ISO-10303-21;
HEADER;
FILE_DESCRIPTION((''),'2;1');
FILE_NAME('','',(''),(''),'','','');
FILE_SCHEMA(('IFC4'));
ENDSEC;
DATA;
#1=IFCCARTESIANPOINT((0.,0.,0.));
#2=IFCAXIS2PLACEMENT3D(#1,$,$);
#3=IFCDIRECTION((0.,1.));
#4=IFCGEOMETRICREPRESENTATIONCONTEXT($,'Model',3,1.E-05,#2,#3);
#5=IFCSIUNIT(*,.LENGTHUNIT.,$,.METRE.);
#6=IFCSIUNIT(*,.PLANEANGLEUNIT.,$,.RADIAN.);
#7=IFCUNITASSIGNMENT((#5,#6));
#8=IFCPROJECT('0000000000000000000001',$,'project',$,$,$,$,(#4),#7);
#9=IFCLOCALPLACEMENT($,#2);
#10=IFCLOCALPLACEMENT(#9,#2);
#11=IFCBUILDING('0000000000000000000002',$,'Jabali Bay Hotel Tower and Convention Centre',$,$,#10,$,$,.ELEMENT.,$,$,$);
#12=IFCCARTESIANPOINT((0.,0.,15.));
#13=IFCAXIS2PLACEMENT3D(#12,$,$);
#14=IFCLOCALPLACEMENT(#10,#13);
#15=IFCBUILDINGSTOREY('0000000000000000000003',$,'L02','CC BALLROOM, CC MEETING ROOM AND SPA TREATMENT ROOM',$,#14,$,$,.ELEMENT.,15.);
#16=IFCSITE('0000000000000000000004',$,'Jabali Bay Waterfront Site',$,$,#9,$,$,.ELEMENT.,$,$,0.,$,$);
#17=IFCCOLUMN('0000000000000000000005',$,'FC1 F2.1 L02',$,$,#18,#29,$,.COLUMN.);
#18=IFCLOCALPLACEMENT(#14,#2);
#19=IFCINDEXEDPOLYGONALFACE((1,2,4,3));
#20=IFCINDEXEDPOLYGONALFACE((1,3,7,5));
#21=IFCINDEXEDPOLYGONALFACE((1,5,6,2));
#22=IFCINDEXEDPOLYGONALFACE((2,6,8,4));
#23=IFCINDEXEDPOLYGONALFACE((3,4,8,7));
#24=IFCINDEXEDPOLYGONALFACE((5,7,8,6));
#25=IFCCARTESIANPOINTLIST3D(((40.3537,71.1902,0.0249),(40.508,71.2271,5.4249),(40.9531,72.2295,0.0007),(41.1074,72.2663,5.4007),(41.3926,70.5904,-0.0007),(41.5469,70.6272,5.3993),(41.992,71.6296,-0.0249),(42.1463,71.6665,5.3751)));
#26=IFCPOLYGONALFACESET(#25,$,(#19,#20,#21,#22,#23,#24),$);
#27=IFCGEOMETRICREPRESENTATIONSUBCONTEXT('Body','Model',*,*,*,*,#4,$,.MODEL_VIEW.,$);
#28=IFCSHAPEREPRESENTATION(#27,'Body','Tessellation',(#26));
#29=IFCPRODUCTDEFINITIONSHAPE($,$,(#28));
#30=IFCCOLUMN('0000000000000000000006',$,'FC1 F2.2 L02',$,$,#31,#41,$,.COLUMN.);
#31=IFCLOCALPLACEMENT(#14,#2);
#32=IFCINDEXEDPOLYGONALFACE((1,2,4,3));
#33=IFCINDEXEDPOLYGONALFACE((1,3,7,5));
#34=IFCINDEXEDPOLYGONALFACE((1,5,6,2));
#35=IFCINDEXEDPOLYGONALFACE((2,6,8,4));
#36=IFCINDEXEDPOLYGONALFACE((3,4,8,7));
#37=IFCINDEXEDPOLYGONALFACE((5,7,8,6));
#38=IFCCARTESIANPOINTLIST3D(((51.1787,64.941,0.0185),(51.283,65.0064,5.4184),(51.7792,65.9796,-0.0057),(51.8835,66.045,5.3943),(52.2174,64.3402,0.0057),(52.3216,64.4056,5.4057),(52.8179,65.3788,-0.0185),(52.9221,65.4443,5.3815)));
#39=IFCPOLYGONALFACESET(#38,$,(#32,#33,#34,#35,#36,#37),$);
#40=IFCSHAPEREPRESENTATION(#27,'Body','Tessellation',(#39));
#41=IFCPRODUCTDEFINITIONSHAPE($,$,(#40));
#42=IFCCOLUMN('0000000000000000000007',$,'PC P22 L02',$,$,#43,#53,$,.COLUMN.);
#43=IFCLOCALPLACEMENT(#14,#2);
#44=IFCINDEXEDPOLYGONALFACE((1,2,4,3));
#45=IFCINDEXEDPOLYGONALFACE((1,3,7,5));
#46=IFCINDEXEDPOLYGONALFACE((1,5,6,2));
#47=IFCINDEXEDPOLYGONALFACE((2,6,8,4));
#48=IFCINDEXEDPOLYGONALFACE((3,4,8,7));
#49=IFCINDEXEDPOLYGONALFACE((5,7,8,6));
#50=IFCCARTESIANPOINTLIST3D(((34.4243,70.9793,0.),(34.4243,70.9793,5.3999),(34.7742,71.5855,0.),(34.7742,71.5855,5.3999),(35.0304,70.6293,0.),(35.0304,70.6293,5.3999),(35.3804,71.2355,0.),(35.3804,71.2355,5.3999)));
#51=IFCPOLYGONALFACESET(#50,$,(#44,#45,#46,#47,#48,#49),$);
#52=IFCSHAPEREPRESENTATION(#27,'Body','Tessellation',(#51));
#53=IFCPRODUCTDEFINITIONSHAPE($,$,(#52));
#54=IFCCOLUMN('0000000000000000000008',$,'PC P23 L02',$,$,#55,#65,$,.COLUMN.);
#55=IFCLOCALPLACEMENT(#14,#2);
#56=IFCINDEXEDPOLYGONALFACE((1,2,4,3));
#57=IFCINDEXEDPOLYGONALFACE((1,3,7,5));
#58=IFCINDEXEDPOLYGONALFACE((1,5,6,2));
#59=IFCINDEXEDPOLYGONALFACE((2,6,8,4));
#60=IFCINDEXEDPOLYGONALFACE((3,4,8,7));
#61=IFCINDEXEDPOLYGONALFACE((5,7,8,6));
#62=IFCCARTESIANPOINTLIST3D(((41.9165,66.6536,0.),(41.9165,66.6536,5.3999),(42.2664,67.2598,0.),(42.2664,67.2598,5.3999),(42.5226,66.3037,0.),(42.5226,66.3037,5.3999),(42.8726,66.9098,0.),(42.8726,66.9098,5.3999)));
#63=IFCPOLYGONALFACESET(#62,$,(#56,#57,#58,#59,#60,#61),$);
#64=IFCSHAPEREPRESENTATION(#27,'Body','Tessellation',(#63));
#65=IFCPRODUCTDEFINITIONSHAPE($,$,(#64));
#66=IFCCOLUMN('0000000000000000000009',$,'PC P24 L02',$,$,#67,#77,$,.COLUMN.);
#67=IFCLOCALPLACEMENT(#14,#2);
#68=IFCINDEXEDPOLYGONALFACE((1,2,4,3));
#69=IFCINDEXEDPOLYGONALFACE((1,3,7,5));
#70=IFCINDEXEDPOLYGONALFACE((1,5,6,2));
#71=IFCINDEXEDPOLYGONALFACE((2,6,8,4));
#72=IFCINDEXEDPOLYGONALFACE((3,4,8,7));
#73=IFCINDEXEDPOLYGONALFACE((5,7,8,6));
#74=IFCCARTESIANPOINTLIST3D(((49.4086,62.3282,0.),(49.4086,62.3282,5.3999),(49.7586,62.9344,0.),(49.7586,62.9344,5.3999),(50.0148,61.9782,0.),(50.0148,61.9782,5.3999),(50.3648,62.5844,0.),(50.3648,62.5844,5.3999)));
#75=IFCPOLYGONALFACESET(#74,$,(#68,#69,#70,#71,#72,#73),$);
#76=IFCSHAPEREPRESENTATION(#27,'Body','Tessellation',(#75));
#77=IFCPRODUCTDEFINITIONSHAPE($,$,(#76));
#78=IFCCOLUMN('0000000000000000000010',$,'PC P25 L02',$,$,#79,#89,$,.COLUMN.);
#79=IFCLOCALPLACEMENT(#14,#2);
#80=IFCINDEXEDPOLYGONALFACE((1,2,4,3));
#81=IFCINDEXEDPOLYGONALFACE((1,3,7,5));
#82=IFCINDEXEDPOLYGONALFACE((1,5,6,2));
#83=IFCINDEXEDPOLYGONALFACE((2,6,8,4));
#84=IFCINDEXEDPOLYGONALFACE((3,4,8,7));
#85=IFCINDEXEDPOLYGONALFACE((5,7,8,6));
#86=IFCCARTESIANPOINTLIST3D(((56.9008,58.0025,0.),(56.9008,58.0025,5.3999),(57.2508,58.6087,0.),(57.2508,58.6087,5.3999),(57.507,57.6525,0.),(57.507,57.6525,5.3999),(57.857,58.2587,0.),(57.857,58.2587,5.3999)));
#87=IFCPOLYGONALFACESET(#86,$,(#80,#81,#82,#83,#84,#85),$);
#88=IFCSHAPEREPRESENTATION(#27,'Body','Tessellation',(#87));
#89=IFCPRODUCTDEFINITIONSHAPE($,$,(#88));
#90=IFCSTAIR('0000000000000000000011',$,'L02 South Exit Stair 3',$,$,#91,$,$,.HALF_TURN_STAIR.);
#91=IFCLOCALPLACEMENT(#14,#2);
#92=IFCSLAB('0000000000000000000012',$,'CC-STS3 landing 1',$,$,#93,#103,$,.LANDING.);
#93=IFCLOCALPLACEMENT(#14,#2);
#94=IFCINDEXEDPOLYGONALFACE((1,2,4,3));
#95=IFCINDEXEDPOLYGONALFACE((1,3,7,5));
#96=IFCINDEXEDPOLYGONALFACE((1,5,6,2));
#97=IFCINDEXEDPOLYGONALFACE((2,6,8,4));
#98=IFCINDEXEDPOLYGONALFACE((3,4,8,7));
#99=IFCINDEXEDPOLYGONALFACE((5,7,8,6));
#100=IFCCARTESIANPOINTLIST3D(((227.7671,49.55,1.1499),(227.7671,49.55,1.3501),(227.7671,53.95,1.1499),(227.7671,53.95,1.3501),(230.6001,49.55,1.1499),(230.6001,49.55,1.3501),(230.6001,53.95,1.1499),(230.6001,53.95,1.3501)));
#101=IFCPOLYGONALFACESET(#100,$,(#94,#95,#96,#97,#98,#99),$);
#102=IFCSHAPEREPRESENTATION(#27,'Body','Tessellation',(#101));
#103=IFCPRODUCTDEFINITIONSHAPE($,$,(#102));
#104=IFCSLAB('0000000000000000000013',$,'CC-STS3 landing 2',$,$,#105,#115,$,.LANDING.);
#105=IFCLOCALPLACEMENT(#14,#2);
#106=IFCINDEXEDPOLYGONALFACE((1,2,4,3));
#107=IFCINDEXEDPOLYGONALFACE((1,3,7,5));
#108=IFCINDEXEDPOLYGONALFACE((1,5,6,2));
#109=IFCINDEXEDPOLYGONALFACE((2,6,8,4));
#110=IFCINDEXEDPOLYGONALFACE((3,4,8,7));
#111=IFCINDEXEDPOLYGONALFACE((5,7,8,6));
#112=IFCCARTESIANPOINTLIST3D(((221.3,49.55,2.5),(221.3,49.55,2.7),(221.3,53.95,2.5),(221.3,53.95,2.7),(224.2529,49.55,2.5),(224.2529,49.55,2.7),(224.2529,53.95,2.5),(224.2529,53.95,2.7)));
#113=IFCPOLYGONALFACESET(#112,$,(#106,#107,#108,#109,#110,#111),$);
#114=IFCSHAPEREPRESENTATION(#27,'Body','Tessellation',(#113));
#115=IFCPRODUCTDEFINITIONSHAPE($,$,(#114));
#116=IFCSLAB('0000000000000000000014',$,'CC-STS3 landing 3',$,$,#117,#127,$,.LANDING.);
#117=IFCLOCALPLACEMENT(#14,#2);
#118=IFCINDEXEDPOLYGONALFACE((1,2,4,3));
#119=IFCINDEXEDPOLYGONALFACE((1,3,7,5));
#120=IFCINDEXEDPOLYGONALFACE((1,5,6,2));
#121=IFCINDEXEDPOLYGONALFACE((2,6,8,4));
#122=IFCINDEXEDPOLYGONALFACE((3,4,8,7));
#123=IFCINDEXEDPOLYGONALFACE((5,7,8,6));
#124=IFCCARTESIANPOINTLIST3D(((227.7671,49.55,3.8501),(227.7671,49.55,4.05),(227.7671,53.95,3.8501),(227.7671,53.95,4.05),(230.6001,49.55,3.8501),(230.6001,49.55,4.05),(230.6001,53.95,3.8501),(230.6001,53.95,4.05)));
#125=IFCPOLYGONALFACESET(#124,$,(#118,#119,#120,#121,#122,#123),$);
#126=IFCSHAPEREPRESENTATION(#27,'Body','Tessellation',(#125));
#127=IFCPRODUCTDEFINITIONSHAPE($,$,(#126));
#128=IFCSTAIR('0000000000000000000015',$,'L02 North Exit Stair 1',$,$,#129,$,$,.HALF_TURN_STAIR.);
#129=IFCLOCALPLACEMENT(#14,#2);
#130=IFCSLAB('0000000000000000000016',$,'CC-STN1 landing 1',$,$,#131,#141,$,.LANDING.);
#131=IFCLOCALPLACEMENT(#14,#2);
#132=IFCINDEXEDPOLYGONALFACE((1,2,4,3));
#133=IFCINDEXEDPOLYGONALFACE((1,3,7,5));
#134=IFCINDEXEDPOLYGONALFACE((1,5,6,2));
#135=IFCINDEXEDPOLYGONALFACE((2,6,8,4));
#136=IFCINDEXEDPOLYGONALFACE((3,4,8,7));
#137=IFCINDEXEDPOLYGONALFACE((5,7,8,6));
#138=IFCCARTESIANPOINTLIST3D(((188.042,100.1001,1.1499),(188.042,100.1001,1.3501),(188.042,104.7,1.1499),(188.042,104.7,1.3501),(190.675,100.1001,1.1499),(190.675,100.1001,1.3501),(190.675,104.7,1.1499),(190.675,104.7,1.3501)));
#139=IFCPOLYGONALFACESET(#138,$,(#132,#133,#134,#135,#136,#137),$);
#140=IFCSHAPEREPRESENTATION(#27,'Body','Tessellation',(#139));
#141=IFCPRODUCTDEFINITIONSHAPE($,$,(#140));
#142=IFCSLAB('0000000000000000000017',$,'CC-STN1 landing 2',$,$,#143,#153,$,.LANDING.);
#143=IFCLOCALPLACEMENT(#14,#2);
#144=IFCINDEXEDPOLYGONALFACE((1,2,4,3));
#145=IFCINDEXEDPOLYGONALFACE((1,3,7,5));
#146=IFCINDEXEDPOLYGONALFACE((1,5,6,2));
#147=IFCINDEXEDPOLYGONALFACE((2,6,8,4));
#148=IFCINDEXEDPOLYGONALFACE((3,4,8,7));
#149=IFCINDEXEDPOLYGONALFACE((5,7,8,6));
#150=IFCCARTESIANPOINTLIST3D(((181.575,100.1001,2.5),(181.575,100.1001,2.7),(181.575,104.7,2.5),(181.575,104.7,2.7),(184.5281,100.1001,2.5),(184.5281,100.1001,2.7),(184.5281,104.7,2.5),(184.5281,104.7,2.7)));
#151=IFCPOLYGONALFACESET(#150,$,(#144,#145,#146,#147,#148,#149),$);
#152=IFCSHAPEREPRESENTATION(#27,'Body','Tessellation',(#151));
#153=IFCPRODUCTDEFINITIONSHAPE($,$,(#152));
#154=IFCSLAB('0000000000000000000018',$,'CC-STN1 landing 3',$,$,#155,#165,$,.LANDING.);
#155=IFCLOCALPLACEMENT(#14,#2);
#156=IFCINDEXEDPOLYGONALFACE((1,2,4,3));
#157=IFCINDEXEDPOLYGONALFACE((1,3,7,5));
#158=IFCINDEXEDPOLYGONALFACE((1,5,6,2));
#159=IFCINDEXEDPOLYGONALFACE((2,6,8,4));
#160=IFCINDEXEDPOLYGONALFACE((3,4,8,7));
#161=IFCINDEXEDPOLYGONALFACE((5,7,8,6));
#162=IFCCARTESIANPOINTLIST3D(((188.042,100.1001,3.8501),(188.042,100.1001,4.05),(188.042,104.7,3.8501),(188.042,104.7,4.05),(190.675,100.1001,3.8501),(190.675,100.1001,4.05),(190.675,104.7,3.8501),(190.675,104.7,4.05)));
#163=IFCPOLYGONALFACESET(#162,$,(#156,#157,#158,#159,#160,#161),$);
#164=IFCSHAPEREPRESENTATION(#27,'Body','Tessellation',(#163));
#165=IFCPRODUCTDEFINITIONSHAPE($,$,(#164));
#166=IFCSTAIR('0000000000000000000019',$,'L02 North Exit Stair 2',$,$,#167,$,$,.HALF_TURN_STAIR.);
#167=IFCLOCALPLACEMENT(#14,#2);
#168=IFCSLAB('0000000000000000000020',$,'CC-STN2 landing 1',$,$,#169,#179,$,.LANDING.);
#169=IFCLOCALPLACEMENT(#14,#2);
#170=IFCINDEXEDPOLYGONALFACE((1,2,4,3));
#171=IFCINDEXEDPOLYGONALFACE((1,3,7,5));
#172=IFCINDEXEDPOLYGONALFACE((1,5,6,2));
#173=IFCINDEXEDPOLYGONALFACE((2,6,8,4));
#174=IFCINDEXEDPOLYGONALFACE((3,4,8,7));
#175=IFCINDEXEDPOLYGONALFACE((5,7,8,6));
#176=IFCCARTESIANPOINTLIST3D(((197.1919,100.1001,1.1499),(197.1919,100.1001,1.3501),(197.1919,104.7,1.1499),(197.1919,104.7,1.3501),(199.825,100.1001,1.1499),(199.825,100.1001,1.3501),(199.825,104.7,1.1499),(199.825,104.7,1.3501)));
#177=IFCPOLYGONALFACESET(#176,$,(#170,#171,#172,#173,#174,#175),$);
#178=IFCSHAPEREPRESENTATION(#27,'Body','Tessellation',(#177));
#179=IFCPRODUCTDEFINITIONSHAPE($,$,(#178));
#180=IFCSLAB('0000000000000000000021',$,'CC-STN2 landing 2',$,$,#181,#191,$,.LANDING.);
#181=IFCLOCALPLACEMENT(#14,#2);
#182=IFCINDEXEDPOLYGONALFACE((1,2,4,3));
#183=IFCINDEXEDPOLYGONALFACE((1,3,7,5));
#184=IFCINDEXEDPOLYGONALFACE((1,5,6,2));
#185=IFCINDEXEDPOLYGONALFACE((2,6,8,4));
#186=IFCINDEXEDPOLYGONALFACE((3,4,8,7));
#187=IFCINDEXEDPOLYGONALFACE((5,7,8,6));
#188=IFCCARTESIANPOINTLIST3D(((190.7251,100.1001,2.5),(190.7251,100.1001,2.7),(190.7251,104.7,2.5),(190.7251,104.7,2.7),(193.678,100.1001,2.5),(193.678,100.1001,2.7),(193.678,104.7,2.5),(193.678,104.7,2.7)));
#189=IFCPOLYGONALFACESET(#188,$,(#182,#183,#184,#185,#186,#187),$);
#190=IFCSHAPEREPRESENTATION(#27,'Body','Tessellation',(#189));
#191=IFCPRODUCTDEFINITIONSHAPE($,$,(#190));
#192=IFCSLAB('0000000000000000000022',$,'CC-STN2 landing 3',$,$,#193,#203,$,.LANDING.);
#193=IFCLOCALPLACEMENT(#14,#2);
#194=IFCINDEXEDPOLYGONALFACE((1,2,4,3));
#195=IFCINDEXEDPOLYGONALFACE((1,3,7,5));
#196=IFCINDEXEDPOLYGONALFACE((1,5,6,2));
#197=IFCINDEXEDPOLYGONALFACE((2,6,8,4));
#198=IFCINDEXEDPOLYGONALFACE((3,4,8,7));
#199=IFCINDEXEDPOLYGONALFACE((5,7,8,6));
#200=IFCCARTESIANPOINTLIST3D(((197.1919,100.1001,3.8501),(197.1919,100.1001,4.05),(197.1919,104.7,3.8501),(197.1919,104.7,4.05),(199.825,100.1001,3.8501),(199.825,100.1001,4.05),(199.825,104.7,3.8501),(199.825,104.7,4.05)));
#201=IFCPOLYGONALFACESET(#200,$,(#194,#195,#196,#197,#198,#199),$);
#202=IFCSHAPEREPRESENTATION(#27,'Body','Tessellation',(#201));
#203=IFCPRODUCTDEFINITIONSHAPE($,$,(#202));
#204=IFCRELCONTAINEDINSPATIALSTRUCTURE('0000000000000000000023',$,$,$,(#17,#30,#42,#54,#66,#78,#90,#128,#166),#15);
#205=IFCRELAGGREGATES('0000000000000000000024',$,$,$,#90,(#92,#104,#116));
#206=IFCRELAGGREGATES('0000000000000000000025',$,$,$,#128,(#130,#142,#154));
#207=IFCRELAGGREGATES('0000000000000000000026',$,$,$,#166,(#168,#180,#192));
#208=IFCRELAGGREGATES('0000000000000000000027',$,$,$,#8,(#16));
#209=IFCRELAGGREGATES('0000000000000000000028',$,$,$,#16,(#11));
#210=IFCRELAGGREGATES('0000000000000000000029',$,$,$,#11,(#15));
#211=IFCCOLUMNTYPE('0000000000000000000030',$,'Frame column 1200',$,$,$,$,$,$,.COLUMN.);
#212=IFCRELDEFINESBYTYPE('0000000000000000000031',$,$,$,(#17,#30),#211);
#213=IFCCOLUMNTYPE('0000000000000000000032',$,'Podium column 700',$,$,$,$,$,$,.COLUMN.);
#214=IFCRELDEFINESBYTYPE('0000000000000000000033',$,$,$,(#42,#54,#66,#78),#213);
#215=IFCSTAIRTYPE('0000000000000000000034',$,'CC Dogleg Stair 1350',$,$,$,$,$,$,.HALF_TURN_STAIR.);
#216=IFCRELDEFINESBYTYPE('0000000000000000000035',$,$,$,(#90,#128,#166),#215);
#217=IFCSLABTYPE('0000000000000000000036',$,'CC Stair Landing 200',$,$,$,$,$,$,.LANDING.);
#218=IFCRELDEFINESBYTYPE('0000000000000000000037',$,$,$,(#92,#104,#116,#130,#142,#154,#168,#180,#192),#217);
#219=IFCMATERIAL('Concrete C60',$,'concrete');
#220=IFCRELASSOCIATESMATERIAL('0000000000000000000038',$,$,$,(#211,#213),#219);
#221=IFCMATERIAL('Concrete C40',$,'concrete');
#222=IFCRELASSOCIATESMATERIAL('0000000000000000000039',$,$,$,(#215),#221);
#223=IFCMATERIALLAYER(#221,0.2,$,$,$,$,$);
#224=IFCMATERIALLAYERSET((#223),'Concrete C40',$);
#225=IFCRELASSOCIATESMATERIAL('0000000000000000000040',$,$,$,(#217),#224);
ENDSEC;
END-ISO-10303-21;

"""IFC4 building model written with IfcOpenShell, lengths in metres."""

from ifc_helpers import new_model, si_unit, direction, frame, origin, origin_2d, place, context, subcontext, project, spatial, polyline, rectangle, outline, extrude, material, layer, layer_set, material_profile, profile_set, type_object, element, aggregate, save


model = new_model("IFC4")

# Units and contexts
model_context = context("Model", 3, precision=1e-05, world=origin(), true_north=direction((0.0, 1.0)))
body_context = subcontext(model_context, "Body", "Model", "MODEL_VIEW")
ifc_project = project(units=[si_unit("LENGTHUNIT", "METRE"), si_unit("PLANEANGLEUNIT", "RADIAN")], contexts=[model_context])

# Site, building, storey
site_placement = place(None, origin())
site = spatial("IfcSite", under=ifc_project, at=site_placement, Name="Jabali Bay Waterfront Site", CompositionType="ELEMENT", RefElevation=0.0)
building_placement = place(site_placement, origin())
building = spatial("IfcBuilding", under=site, at=building_placement, Name="Jabali Bay Hotel Tower and Convention Centre", CompositionType="ELEMENT")
storey_placement = place(building_placement, frame((0.0, 0.0, 15.0)))
storey = spatial("IfcBuildingStorey", under=building, at=storey_placement, Name="L02", Description="CC BALLROOM, CC MEETING ROOM AND SPA TREATMENT ROOM", CompositionType="ELEMENT", Elevation=15.0)

# Columns
ifc_material_1 = material(Name="Concrete C60", Category="concrete")
ifc_material_profile_1 = material_profile(ifc_material_1, rectangle(XDim=1.2, YDim=1.2, at=origin_2d()), Name="Frame column 1200")
ifc_profile_set_1 = profile_set([ifc_material_profile_1], Name="Concrete C60")
column_type_1 = type_object("IfcColumnType", Name="Frame column 1200", PredefinedType="COLUMN", material=ifc_profile_set_1)
column_1_placement = place(storey_placement, frame((41.1729, 71.4099, 0.0), z_axis=(0.028562, 0.006824, 0.999569), x_axis=(-0.865816, 0.499907, 0.021327)))
element("IfcColumn", 1, at=column_1_placement, inside=storey, type_object=column_type_1, Name="FC1 F2.1 L02", PredefinedType="COLUMN", context=body_context, shape_type="SweptSolid", body=[
    extrude(rectangle(XDim=1.2, YDim=1.2, at=origin_2d()), origin(), (0.0, 0.0, 1.0), 5.4023),
])
column_2_placement = place(storey_placement, frame((51.9983, 65.1599, 0.0), z_axis=(0.019301, 0.012114, 0.99974), x_axis=(-0.865565, 0.500683, 0.010644)))
element("IfcColumn", 2, at=column_2_placement, inside=storey, type_object=column_type_1, Name="FC1 F2.2 L02", PredefinedType="COLUMN", context=body_context, shape_type="SweptSolid", body=[
    extrude(rectangle(XDim=1.2, YDim=1.2, at=origin_2d()), origin(), (0.0, 0.0, 1.0), 5.4014),
])
ifc_material_profile_2 = material_profile(ifc_material_1, rectangle(XDim=0.7, YDim=0.7, at=origin_2d()), Name="Podium column 700")
ifc_profile_set_2 = profile_set([ifc_material_profile_2], Name="Concrete C60")
column_type_2 = type_object("IfcColumnType", Name="Podium column 700", PredefinedType="COLUMN", material=ifc_profile_set_2)
for number, where, z_axis, x_axis, name in (
    (3, (34.9023, 71.1074, 0.0), (0.0, 0.0, 1.0), (0.5, 0.866025, 0.0), "PC P22 L02"),
    (4, (42.3945, 66.7817, 0.0), (0.0, 0.0, 1.0), (0.5, 0.866025, 0.0), "PC P23 L02"),
    (5, (49.8867, 62.4563, 0.0), (0.0, 0.0, 1.0), (0.5, 0.866025, 0.0), "PC P24 L02"),
    (6, (57.3789, 58.1306, 0.0), (0.0, 0.0, 1.0), (0.5, 0.866025, 0.0), "PC P25 L02"),
):
    element("IfcColumn", number, at=place(storey_placement, frame(where, z_axis=z_axis, x_axis=x_axis)), inside=storey, type_object=column_type_2, Name=name, PredefinedType="COLUMN", context=body_context, shape_type="SweptSolid", body=[
        extrude(rectangle(XDim=0.7, YDim=0.7, at=origin_2d()), origin(), (0.0, 0.0, 1.0), 5.3999),
    ])

# Shared definitions
ifc_material_2 = material(Name="Concrete C40", Category="concrete")

# Stairs, slabs
stair_type = type_object("IfcStairType", Name="CC Dogleg Stair 1350", PredefinedType="HALF_TURN_STAIR", material=ifc_material_2)
stair_1_placement = place(storey_placement, origin())
stair_1 = element("IfcStair", 7, at=stair_1_placement, inside=storey, type_object=stair_type, Name="L02 South Exit Stair 3", PredefinedType="HALF_TURN_STAIR")
ifc_layer_1 = layer(ifc_material_2, 0.2)
ifc_layer_set_1 = layer_set([ifc_layer_1], Name="Concrete C40")
slab_type_1 = type_object("IfcSlabType", Name="CC Stair Landing 200", PredefinedType="LANDING", material=ifc_layer_set_1)
slab_1_placement = place(storey_placement, frame((0.0, 0.0, 1.1499)))
slab_1 = element("IfcSlab", 8, at=slab_1_placement, type_object=slab_type_1, Name="CC-STS3 landing 1", PredefinedType="LANDING", context=body_context, shape_type="SweptSolid", body=[
    extrude(outline(polyline([(227.7671, 49.55), (230.6001, 49.55), (230.6001, 53.95), (227.7671, 53.95), (227.7671, 49.55)])), origin(), (0.0, 0.0, 1.0), 0.2002),
])
slab_2_placement = place(storey_placement, frame((0.0, 0.0, 2.5)))
slab_2 = element("IfcSlab", 9, at=slab_2_placement, type_object=slab_type_1, Name="CC-STS3 landing 2", PredefinedType="LANDING", context=body_context, shape_type="SweptSolid", body=[
    extrude(outline(polyline([(221.3, 49.55), (224.2529, 49.55), (224.2529, 53.95), (221.3, 53.95), (221.3, 49.55)])), origin(), (0.0, 0.0, 1.0), 0.2),
])
slab_3_placement = place(storey_placement, frame((0.0, 0.0, 3.8501)))
slab_3 = element("IfcSlab", 10, at=slab_3_placement, type_object=slab_type_1, Name="CC-STS3 landing 3", PredefinedType="LANDING", context=body_context, shape_type="SweptSolid", body=[
    extrude(outline(polyline([(227.7671, 49.55), (230.6001, 49.55), (230.6001, 53.95), (227.7671, 53.95), (227.7671, 49.55)])), origin(), (0.0, 0.0, 1.0), 0.2),
])
aggregate(stair_1, [slab_1, slab_2, slab_3])
stair_2_placement = place(storey_placement, origin())
stair_2 = element("IfcStair", 11, at=stair_2_placement, inside=storey, type_object=stair_type, Name="L02 North Exit Stair 1", PredefinedType="HALF_TURN_STAIR")
slab_4_placement = place(storey_placement, frame((0.0, 0.0, 1.1499)))
slab_4 = element("IfcSlab", 12, at=slab_4_placement, type_object=slab_type_1, Name="CC-STN1 landing 1", PredefinedType="LANDING", context=body_context, shape_type="SweptSolid", body=[
    extrude(outline(polyline([(188.042, 100.1001), (190.675, 100.1001), (190.675, 104.7), (188.042, 104.7), (188.042, 100.1001)])), origin(), (0.0, 0.0, 1.0), 0.2002),
])
slab_5_placement = place(storey_placement, frame((0.0, 0.0, 2.5)))
slab_5 = element("IfcSlab", 13, at=slab_5_placement, type_object=slab_type_1, Name="CC-STN1 landing 2", PredefinedType="LANDING", context=body_context, shape_type="SweptSolid", body=[
    extrude(outline(polyline([(181.575, 100.1001), (184.5281, 100.1001), (184.5281, 104.7), (181.575, 104.7), (181.575, 100.1001)])), origin(), (0.0, 0.0, 1.0), 0.2),
])
slab_6_placement = place(storey_placement, frame((0.0, 0.0, 3.8501)))
slab_6 = element("IfcSlab", 14, at=slab_6_placement, type_object=slab_type_1, Name="CC-STN1 landing 3", PredefinedType="LANDING", context=body_context, shape_type="SweptSolid", body=[
    extrude(outline(polyline([(188.042, 100.1001), (190.675, 100.1001), (190.675, 104.7), (188.042, 104.7), (188.042, 100.1001)])), origin(), (0.0, 0.0, 1.0), 0.2),
])
aggregate(stair_2, [slab_4, slab_5, slab_6])
stair_3_placement = place(storey_placement, origin())
stair_3 = element("IfcStair", 15, at=stair_3_placement, inside=storey, type_object=stair_type, Name="L02 North Exit Stair 2", PredefinedType="HALF_TURN_STAIR")
slab_7_placement = place(storey_placement, frame((0.0, 0.0, 1.1499)))
slab_7 = element("IfcSlab", 16, at=slab_7_placement, type_object=slab_type_1, Name="CC-STN2 landing 1", PredefinedType="LANDING", context=body_context, shape_type="SweptSolid", body=[
    extrude(outline(polyline([(197.1919, 100.1001), (199.825, 100.1001), (199.825, 104.7), (197.1919, 104.7), (197.1919, 100.1001)])), origin(), (0.0, 0.0, 1.0), 0.2002),
])
slab_8_placement = place(storey_placement, frame((0.0, 0.0, 2.5)))
slab_8 = element("IfcSlab", 17, at=slab_8_placement, type_object=slab_type_1, Name="CC-STN2 landing 2", PredefinedType="LANDING", context=body_context, shape_type="SweptSolid", body=[
    extrude(outline(polyline([(190.7251, 100.1001), (193.678, 100.1001), (193.678, 104.7), (190.7251, 104.7), (190.7251, 100.1001)])), origin(), (0.0, 0.0, 1.0), 0.2),
])
slab_9_placement = place(storey_placement, frame((0.0, 0.0, 3.8501)))
slab_9 = element("IfcSlab", 18, at=slab_9_placement, type_object=slab_type_1, Name="CC-STN2 landing 3", PredefinedType="LANDING", context=body_context, shape_type="SweptSolid", body=[
    extrude(outline(polyline([(197.1919, 100.1001), (199.825, 100.1001), (199.825, 104.7), (197.1919, 104.7), (197.1919, 100.1001)])), origin(), (0.0, 0.0, 1.0), 0.2),
])
aggregate(stair_3, [slab_7, slab_8, slab_9])

save(model, "model.ifc")
